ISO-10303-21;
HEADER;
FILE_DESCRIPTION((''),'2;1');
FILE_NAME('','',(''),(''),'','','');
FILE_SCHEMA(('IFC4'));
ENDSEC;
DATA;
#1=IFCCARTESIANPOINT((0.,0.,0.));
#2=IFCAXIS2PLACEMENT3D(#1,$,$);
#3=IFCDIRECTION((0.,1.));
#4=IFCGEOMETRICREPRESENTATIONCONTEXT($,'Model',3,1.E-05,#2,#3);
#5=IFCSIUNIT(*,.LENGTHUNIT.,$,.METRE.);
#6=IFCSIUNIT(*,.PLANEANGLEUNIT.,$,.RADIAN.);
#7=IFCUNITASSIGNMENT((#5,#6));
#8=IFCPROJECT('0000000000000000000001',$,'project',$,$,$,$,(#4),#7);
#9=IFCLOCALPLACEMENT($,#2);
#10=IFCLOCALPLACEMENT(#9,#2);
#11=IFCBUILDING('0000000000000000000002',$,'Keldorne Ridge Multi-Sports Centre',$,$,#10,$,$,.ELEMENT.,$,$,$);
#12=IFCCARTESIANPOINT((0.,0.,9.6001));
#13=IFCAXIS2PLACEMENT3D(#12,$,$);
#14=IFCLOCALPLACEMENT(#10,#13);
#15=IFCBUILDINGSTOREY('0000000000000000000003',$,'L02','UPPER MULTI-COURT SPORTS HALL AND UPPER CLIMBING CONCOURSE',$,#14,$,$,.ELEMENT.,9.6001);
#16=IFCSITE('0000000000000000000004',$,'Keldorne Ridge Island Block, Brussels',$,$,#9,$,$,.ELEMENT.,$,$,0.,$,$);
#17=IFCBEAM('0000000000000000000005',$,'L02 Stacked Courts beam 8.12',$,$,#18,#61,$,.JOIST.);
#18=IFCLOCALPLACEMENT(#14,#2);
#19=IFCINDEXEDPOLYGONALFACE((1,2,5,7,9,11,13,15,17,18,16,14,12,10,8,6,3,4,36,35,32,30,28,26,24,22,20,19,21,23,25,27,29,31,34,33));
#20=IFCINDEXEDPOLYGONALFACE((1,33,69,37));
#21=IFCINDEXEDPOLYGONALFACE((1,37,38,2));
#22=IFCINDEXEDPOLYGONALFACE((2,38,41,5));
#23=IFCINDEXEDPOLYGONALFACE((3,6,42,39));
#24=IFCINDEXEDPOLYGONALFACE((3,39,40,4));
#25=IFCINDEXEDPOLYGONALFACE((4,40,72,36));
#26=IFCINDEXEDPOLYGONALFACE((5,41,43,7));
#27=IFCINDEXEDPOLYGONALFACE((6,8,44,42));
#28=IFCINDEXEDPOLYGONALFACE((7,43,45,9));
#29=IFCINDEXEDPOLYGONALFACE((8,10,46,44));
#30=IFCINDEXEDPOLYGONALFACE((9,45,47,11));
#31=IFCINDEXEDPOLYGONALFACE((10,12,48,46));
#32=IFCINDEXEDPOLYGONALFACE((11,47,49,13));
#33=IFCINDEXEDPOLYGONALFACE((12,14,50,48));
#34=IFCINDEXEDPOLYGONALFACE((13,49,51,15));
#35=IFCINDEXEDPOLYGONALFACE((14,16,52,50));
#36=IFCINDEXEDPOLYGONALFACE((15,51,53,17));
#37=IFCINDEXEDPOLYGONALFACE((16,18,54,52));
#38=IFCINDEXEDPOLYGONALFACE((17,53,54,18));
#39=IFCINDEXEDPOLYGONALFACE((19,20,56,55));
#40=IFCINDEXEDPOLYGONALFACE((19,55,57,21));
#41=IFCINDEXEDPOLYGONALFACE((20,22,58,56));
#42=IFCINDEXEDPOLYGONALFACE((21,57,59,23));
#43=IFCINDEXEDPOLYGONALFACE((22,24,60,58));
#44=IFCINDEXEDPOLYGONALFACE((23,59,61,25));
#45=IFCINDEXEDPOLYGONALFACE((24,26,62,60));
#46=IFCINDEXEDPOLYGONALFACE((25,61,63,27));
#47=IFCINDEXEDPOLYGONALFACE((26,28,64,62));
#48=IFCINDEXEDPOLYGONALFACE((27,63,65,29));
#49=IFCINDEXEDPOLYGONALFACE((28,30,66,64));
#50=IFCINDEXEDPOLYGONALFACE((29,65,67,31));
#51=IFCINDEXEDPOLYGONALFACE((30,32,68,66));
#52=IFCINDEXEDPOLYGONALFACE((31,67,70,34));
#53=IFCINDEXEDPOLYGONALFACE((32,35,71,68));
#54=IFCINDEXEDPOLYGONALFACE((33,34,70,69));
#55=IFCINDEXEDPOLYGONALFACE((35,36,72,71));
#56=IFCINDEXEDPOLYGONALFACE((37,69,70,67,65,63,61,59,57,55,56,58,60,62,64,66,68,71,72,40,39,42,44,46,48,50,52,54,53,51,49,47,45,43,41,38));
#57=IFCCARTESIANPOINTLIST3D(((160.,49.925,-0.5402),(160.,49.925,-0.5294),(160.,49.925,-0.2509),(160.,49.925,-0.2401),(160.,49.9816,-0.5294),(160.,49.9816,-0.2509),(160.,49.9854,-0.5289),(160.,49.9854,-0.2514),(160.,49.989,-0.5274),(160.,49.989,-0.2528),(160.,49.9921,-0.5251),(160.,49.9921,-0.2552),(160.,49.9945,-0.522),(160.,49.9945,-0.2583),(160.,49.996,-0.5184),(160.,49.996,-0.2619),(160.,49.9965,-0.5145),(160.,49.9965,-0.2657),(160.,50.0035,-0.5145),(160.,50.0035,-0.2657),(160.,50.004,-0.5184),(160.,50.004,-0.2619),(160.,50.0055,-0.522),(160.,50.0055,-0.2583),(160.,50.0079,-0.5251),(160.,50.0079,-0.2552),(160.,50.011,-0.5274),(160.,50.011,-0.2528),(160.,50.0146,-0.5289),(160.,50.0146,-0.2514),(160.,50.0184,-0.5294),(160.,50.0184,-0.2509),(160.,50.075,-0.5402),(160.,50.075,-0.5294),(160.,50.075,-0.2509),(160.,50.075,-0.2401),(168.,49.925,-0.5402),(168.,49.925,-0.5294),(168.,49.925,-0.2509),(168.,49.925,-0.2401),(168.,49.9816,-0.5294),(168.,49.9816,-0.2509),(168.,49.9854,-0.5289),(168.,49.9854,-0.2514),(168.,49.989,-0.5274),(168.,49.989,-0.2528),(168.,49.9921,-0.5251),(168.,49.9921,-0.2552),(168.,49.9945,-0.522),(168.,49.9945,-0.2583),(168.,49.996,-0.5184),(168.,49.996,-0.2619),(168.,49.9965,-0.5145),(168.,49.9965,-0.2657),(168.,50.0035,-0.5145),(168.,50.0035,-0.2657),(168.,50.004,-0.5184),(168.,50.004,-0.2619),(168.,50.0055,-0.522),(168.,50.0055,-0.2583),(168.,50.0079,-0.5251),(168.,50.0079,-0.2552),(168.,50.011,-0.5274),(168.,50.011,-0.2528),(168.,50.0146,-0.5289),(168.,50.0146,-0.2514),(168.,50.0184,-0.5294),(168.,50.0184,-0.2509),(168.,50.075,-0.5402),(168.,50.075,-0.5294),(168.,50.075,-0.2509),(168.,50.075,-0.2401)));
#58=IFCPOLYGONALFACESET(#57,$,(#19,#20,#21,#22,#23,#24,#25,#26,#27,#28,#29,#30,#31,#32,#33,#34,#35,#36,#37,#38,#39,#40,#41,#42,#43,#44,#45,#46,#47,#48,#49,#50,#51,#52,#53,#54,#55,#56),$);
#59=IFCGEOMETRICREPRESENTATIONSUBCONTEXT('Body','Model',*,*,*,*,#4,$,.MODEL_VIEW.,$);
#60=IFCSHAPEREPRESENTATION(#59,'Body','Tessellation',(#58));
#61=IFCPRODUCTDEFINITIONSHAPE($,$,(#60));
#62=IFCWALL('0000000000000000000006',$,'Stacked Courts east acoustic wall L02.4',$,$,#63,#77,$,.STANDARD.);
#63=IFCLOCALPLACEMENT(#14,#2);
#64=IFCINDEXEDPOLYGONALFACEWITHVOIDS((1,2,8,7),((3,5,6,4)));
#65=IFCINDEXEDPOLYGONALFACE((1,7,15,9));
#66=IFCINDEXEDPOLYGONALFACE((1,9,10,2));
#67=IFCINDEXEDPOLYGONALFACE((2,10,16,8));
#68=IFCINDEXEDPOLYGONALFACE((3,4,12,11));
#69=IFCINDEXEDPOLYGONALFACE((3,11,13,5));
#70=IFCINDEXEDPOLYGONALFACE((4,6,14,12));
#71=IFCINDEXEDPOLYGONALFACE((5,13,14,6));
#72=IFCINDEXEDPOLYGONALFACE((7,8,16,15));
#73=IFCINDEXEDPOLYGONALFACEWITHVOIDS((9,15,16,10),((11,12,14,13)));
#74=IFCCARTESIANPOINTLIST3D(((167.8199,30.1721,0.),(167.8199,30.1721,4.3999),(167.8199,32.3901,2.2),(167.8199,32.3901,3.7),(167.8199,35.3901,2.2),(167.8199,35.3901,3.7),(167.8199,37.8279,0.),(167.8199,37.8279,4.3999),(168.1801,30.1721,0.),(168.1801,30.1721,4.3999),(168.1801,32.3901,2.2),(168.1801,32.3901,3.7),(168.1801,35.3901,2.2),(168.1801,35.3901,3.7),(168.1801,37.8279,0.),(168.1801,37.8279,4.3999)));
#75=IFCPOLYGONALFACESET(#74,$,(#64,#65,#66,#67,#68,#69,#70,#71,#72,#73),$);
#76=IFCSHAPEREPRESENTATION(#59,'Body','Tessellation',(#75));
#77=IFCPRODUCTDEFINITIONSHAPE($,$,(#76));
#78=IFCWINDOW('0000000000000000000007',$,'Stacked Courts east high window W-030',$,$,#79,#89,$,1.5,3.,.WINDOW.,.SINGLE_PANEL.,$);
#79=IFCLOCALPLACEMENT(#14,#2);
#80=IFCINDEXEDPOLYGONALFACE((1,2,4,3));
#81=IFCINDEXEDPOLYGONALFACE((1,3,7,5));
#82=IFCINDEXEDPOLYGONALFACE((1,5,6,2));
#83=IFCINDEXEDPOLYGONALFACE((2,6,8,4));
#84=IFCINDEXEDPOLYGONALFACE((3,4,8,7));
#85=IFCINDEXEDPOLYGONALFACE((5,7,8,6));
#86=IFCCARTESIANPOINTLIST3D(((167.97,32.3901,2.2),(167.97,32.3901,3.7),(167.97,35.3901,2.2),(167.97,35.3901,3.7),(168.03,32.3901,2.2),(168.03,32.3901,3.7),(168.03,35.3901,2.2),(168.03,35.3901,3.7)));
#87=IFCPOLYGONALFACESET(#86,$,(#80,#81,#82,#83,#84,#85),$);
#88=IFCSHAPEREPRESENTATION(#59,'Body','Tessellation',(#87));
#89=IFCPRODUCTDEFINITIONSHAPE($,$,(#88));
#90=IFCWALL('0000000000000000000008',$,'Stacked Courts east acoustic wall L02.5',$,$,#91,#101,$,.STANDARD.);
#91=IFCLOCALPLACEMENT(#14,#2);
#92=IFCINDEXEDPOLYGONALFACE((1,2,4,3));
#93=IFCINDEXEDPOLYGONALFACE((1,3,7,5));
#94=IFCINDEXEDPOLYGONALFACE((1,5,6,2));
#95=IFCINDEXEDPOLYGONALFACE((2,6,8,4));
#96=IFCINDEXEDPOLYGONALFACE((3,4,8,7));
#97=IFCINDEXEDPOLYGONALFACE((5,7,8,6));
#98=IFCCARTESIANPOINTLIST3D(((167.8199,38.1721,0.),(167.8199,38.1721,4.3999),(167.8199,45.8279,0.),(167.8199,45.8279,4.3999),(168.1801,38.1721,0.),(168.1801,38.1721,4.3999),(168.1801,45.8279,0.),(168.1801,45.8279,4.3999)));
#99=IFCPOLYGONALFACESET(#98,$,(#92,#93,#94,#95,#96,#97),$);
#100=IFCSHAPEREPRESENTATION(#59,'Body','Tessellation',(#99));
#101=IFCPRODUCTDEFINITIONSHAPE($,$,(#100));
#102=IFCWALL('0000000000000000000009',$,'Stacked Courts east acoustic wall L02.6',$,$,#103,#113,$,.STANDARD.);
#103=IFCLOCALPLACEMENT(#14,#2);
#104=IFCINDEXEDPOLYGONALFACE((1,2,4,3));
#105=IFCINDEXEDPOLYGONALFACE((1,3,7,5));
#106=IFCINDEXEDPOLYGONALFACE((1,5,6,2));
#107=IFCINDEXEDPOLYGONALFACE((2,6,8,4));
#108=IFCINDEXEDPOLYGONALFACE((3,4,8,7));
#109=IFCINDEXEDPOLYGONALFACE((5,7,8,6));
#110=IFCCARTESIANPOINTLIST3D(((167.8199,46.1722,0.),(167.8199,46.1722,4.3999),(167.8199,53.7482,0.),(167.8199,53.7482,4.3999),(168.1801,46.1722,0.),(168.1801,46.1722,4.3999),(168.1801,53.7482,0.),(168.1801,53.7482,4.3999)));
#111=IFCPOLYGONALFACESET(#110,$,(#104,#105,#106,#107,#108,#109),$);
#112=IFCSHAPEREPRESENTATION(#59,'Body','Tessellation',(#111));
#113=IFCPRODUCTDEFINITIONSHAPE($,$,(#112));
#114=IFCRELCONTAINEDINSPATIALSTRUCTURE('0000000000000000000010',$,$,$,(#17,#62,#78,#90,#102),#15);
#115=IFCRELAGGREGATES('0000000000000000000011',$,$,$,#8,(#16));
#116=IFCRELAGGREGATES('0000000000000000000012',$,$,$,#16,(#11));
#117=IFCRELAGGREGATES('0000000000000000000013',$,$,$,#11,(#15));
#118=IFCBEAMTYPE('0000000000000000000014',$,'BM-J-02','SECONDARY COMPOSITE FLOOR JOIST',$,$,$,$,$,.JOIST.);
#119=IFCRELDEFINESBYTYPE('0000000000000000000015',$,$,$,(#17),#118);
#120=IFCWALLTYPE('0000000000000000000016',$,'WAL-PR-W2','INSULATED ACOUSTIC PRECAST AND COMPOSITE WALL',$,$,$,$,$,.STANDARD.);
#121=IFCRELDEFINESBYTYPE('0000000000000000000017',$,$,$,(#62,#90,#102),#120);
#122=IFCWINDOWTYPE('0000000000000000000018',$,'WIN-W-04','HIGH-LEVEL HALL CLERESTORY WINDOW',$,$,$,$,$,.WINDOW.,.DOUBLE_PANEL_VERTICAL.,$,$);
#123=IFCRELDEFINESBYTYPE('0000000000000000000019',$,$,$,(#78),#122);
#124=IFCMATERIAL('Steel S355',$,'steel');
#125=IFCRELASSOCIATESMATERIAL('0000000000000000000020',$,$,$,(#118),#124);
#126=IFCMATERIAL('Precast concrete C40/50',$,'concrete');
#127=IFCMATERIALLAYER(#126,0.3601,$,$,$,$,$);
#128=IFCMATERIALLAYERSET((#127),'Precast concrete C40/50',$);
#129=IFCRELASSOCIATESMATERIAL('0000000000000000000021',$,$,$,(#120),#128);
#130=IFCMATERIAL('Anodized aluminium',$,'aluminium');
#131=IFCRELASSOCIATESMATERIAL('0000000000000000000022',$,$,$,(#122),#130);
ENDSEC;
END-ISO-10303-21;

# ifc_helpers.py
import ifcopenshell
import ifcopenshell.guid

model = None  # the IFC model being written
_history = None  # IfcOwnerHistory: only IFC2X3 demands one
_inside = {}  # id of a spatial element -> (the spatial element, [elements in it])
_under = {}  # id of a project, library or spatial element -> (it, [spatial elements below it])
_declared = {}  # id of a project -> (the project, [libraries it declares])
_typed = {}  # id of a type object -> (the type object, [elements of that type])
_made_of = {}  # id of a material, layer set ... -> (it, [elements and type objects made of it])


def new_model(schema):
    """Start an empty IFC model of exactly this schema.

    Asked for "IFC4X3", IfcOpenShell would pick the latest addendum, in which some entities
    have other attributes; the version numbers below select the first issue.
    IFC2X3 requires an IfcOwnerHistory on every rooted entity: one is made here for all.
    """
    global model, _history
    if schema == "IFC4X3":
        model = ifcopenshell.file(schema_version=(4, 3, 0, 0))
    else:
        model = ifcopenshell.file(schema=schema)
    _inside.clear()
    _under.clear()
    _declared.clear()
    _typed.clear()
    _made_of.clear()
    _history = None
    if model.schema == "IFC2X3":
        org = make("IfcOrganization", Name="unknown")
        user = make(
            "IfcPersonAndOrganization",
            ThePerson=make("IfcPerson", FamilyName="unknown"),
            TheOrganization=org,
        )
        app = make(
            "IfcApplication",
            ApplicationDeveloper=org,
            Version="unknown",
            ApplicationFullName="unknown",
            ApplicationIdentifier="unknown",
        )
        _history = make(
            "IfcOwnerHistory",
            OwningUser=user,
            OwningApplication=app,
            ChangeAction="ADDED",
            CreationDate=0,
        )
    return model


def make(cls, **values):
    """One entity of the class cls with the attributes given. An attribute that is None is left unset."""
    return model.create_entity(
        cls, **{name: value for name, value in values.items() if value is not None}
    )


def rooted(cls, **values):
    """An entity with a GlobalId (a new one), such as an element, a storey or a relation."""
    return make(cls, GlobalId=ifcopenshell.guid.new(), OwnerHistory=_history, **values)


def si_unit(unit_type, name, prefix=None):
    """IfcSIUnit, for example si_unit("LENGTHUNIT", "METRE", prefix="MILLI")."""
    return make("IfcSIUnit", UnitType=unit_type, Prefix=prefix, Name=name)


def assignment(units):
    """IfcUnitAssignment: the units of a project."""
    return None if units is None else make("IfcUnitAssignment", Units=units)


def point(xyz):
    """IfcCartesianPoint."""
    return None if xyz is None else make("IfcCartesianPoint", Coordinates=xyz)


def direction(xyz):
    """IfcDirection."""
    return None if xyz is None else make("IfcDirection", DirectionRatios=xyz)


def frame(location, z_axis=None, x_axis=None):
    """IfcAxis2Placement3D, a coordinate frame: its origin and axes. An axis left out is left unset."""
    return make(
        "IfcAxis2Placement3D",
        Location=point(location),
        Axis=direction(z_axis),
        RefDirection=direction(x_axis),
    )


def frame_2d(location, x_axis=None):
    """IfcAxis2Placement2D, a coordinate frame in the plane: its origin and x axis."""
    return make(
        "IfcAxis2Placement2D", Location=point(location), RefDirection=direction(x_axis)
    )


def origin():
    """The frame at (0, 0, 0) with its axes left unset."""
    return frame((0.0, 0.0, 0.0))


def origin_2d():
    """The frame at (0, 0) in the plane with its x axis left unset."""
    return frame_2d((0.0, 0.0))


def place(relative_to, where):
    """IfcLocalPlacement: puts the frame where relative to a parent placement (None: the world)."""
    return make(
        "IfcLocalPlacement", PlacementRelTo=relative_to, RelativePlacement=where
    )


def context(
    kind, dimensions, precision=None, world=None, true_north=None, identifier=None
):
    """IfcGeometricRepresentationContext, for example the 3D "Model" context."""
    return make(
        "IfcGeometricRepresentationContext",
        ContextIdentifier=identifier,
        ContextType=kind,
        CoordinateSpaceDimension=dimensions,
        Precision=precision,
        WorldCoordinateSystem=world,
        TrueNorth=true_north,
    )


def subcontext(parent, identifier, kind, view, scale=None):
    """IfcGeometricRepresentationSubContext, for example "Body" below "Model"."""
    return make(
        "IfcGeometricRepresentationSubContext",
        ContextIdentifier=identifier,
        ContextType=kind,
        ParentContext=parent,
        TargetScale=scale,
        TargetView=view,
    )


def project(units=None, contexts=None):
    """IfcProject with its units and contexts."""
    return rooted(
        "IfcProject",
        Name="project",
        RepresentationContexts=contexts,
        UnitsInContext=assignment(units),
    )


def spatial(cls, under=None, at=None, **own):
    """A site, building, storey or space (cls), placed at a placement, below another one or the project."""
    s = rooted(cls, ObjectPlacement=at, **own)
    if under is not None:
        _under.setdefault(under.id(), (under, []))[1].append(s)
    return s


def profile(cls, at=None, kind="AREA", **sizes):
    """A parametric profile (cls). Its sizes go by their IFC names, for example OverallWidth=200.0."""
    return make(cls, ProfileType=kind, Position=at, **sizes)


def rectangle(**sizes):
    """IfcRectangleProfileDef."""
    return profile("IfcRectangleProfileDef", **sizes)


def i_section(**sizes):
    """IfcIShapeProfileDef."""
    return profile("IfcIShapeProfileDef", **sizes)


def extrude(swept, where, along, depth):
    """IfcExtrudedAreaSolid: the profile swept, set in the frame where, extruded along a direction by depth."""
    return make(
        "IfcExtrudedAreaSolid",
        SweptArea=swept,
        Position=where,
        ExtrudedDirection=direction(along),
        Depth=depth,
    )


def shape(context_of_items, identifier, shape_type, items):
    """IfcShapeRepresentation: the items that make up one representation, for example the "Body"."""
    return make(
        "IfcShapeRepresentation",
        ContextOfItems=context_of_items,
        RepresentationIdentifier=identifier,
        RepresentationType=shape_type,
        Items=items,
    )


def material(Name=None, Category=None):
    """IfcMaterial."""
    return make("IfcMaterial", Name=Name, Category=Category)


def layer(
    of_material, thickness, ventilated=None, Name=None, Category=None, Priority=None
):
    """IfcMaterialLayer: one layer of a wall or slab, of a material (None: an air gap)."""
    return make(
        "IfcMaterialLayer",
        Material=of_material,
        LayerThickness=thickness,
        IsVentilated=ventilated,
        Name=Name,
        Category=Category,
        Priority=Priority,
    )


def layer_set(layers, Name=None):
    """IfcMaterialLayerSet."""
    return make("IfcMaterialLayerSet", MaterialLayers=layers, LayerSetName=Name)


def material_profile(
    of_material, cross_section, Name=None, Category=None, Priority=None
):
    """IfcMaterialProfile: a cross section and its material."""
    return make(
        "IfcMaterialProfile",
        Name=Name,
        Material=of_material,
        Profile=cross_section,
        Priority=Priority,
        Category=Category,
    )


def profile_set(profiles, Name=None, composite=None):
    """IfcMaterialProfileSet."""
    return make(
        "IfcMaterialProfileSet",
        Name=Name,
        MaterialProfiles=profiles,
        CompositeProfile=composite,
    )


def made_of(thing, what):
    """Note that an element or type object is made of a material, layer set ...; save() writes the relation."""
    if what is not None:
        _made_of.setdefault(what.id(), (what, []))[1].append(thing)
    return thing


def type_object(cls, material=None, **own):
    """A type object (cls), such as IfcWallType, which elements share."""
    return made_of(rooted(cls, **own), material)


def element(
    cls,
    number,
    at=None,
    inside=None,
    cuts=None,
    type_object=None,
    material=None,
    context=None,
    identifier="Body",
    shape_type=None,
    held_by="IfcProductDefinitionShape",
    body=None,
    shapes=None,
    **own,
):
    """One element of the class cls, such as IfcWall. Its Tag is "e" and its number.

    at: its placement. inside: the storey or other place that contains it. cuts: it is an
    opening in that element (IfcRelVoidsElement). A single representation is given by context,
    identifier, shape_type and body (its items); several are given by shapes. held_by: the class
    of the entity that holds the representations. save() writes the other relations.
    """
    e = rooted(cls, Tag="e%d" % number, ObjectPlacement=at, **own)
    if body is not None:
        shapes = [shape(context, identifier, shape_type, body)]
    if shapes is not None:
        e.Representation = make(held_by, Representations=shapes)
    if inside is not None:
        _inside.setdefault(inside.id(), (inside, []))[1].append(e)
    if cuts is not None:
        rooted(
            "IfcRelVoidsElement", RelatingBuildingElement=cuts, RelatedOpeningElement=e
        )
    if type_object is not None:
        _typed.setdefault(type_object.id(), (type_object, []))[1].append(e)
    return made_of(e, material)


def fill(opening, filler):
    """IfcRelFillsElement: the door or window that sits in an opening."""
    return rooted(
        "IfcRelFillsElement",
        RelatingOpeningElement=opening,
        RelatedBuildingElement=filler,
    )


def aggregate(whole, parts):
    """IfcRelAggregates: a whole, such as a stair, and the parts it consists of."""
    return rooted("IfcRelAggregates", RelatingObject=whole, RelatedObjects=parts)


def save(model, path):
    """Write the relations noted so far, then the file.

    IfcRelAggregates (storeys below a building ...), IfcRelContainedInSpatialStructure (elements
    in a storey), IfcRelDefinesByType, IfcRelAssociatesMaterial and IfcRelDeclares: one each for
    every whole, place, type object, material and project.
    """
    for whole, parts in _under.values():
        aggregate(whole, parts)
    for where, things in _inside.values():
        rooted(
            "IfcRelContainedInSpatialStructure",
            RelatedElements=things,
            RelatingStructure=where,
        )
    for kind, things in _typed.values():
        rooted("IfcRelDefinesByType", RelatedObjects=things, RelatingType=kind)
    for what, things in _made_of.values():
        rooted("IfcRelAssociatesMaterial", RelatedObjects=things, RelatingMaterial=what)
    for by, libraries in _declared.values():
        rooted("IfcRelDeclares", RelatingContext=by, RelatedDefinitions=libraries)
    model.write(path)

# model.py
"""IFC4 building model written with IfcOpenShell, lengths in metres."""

from ifc_helpers import new_model, si_unit, direction, frame, frame_2d, origin, origin_2d, place, context, subcontext, project, spatial, rectangle, i_section, extrude, material, layer, layer_set, material_profile, profile_set, type_object, element, fill, save


model = new_model("IFC4")

# Units and contexts
model_context = context("Model", 3, precision=1e-05, world=origin(), true_north=direction((0.0, 1.0)))
body_context = subcontext(model_context, "Body", "Model", "MODEL_VIEW")
ifc_project = project(units=[si_unit("LENGTHUNIT", "METRE"), si_unit("PLANEANGLEUNIT", "RADIAN")], contexts=[model_context])

# Site, building, storey
site_placement = place(None, origin())
site = spatial("IfcSite", under=ifc_project, at=site_placement, Name="Keldorne Ridge Island Block, Brussels", CompositionType="ELEMENT", RefElevation=0.0)
building_placement = place(site_placement, origin())
building = spatial("IfcBuilding", under=site, at=building_placement, Name="Keldorne Ridge Multi-Sports Centre", CompositionType="ELEMENT")
storey_placement = place(building_placement, frame((0.0, 0.0, 9.6001)))
storey = spatial("IfcBuildingStorey", under=building, at=storey_placement, Name="L02", Description="UPPER MULTI-COURT SPORTS HALL AND UPPER CLIMBING CONCOURSE", CompositionType="ELEMENT", Elevation=9.6001)

# Shared definitions
ifc_material_1 = material(Name="Steel S355", Category="steel")

# Beam
ifc_material_profile_1 = material_profile(ifc_material_1, i_section(OverallWidth=0.1499, OverallDepth=0.3, WebThickness=0.0071, FlangeThickness=0.0107, FilletRadius=0.0149, at=origin_2d()), Name="IPE 300")
ifc_profile_set_1 = profile_set([ifc_material_profile_1], Name="Steel S355")
beam_type_1 = type_object("IfcBeamType", Name="BM-J-02", Description="SECONDARY COMPOSITE FLOOR JOIST", PredefinedType="JOIST", material=ifc_profile_set_1)
for number, where, z_axis, x_axis, name in (
    (1, (160.0, 50.0, -0.3901), (1.0, 0.0, 0.0), (0.0, 1.0, 0.0), "L02 Stacked Courts beam 8.12"),
):
    element("IfcBeam", number, at=place(storey_placement, frame(where, z_axis=z_axis, x_axis=x_axis)), inside=storey, type_object=beam_type_1, Name=name, PredefinedType="JOIST", context=body_context, shape_type="SweptSolid", body=[
        extrude(i_section(OverallWidth=0.1499, OverallDepth=0.3, WebThickness=0.0071, FlangeThickness=0.0107, FilletRadius=0.0149, at=origin_2d()), origin(), (0.0, 0.0, 1.0), 8.0),
    ])

# Wall, opening, window
ifc_material_2 = material(Name="Precast concrete C40/50", Category="concrete")
ifc_layer = layer(ifc_material_2, 0.3601)
ifc_layer_set = layer_set([ifc_layer], Name="Precast concrete C40/50")
wall_type = type_object("IfcWallType", Name="WAL-PR-W2", Description="INSULATED ACOUSTIC PRECAST AND COMPOSITE WALL", PredefinedType="STANDARD", material=ifc_layer_set)
wall_1_placement = place(storey_placement, frame((168.0, 30.1721, 0.0), z_axis=(0.0, 0.0, 1.0), x_axis=(0.0, 1.0, 0.0)))
wall_1 = element("IfcWall", 2, at=wall_1_placement, inside=storey, type_object=wall_type, Name="Stacked Courts east acoustic wall L02.4", PredefinedType="STANDARD", context=body_context, shape_type="SweptSolid", body=[
    extrude(rectangle(XDim=7.6558, YDim=0.3601, at=frame_2d((3.8279, 0.0))), origin(), (0.0, 0.0, 1.0), 4.3999),
])
opening_placement = place(wall_1_placement, frame((2.218, 0.0, 2.2)))
opening = element("IfcOpeningElement", 3, at=opening_placement, cuts=wall_1, PredefinedType="OPENING", context=body_context, shape_type="SweptSolid", body=[
    extrude(rectangle(XDim=3.0, YDim=1.5, at=frame_2d((1.5, 0.75))), frame((0.0, 0.1899, 0.0), z_axis=(0.0, -1.0, 0.0), x_axis=(1.0, 0.0, 0.0)), (0.0, 0.0, 1.0), 0.3801),
])
ifc_material_3 = material(Name="Anodized aluminium", Category="aluminium")
window_type = type_object("IfcWindowType", Name="WIN-W-04", Description="HIGH-LEVEL HALL CLERESTORY WINDOW", PartitioningType="DOUBLE_PANEL_VERTICAL", PredefinedType="WINDOW", material=ifc_material_3)
window_placement = place(opening_placement, origin())
window = element("IfcWindow", 4, at=window_placement, inside=storey, type_object=window_type, Name="Stacked Courts east high window W-030", OverallHeight=1.5, OverallWidth=3.0, PartitioningType="SINGLE_PANEL", PredefinedType="WINDOW", context=body_context, shape_type="SweptSolid", body=[
    extrude(rectangle(XDim=3.0, YDim=1.5, at=frame_2d((1.5, 0.75))), frame((0.0, 0.03, 0.0), z_axis=(0.0, -1.0, 0.0), x_axis=(1.0, 0.0, 0.0)), (0.0, 0.0, 1.0), 0.0601),
])
fill(opening, window)

# Walls
wall_2_placement = place(storey_placement, frame((168.0, 38.1721, 0.0), z_axis=(0.0, 0.0, 1.0), x_axis=(0.0, 1.0, 0.0)))
element("IfcWall", 5, at=wall_2_placement, inside=storey, type_object=wall_type, Name="Stacked Courts east acoustic wall L02.5", PredefinedType="STANDARD", context=body_context, shape_type="SweptSolid", body=[
    extrude(rectangle(XDim=7.6558, YDim=0.3601, at=frame_2d((3.8279, 0.0))), origin(), (0.0, 0.0, 1.0), 4.3999),
])
wall_3_placement = place(storey_placement, frame((168.0, 46.1721, 0.0), z_axis=(0.0, 0.0, 1.0), x_axis=(0.0, 1.0, 0.0)))
element("IfcWall", 6, at=wall_3_placement, inside=storey, type_object=wall_type, Name="Stacked Courts east acoustic wall L02.6", PredefinedType="STANDARD", context=body_context, shape_type="SweptSolid", body=[
    extrude(rectangle(XDim=7.5759, YDim=0.3601, at=frame_2d((3.7881, 0.0))), origin(), (0.0, 0.0, 1.0), 4.3999),
])

save(model, "model.ifc")
